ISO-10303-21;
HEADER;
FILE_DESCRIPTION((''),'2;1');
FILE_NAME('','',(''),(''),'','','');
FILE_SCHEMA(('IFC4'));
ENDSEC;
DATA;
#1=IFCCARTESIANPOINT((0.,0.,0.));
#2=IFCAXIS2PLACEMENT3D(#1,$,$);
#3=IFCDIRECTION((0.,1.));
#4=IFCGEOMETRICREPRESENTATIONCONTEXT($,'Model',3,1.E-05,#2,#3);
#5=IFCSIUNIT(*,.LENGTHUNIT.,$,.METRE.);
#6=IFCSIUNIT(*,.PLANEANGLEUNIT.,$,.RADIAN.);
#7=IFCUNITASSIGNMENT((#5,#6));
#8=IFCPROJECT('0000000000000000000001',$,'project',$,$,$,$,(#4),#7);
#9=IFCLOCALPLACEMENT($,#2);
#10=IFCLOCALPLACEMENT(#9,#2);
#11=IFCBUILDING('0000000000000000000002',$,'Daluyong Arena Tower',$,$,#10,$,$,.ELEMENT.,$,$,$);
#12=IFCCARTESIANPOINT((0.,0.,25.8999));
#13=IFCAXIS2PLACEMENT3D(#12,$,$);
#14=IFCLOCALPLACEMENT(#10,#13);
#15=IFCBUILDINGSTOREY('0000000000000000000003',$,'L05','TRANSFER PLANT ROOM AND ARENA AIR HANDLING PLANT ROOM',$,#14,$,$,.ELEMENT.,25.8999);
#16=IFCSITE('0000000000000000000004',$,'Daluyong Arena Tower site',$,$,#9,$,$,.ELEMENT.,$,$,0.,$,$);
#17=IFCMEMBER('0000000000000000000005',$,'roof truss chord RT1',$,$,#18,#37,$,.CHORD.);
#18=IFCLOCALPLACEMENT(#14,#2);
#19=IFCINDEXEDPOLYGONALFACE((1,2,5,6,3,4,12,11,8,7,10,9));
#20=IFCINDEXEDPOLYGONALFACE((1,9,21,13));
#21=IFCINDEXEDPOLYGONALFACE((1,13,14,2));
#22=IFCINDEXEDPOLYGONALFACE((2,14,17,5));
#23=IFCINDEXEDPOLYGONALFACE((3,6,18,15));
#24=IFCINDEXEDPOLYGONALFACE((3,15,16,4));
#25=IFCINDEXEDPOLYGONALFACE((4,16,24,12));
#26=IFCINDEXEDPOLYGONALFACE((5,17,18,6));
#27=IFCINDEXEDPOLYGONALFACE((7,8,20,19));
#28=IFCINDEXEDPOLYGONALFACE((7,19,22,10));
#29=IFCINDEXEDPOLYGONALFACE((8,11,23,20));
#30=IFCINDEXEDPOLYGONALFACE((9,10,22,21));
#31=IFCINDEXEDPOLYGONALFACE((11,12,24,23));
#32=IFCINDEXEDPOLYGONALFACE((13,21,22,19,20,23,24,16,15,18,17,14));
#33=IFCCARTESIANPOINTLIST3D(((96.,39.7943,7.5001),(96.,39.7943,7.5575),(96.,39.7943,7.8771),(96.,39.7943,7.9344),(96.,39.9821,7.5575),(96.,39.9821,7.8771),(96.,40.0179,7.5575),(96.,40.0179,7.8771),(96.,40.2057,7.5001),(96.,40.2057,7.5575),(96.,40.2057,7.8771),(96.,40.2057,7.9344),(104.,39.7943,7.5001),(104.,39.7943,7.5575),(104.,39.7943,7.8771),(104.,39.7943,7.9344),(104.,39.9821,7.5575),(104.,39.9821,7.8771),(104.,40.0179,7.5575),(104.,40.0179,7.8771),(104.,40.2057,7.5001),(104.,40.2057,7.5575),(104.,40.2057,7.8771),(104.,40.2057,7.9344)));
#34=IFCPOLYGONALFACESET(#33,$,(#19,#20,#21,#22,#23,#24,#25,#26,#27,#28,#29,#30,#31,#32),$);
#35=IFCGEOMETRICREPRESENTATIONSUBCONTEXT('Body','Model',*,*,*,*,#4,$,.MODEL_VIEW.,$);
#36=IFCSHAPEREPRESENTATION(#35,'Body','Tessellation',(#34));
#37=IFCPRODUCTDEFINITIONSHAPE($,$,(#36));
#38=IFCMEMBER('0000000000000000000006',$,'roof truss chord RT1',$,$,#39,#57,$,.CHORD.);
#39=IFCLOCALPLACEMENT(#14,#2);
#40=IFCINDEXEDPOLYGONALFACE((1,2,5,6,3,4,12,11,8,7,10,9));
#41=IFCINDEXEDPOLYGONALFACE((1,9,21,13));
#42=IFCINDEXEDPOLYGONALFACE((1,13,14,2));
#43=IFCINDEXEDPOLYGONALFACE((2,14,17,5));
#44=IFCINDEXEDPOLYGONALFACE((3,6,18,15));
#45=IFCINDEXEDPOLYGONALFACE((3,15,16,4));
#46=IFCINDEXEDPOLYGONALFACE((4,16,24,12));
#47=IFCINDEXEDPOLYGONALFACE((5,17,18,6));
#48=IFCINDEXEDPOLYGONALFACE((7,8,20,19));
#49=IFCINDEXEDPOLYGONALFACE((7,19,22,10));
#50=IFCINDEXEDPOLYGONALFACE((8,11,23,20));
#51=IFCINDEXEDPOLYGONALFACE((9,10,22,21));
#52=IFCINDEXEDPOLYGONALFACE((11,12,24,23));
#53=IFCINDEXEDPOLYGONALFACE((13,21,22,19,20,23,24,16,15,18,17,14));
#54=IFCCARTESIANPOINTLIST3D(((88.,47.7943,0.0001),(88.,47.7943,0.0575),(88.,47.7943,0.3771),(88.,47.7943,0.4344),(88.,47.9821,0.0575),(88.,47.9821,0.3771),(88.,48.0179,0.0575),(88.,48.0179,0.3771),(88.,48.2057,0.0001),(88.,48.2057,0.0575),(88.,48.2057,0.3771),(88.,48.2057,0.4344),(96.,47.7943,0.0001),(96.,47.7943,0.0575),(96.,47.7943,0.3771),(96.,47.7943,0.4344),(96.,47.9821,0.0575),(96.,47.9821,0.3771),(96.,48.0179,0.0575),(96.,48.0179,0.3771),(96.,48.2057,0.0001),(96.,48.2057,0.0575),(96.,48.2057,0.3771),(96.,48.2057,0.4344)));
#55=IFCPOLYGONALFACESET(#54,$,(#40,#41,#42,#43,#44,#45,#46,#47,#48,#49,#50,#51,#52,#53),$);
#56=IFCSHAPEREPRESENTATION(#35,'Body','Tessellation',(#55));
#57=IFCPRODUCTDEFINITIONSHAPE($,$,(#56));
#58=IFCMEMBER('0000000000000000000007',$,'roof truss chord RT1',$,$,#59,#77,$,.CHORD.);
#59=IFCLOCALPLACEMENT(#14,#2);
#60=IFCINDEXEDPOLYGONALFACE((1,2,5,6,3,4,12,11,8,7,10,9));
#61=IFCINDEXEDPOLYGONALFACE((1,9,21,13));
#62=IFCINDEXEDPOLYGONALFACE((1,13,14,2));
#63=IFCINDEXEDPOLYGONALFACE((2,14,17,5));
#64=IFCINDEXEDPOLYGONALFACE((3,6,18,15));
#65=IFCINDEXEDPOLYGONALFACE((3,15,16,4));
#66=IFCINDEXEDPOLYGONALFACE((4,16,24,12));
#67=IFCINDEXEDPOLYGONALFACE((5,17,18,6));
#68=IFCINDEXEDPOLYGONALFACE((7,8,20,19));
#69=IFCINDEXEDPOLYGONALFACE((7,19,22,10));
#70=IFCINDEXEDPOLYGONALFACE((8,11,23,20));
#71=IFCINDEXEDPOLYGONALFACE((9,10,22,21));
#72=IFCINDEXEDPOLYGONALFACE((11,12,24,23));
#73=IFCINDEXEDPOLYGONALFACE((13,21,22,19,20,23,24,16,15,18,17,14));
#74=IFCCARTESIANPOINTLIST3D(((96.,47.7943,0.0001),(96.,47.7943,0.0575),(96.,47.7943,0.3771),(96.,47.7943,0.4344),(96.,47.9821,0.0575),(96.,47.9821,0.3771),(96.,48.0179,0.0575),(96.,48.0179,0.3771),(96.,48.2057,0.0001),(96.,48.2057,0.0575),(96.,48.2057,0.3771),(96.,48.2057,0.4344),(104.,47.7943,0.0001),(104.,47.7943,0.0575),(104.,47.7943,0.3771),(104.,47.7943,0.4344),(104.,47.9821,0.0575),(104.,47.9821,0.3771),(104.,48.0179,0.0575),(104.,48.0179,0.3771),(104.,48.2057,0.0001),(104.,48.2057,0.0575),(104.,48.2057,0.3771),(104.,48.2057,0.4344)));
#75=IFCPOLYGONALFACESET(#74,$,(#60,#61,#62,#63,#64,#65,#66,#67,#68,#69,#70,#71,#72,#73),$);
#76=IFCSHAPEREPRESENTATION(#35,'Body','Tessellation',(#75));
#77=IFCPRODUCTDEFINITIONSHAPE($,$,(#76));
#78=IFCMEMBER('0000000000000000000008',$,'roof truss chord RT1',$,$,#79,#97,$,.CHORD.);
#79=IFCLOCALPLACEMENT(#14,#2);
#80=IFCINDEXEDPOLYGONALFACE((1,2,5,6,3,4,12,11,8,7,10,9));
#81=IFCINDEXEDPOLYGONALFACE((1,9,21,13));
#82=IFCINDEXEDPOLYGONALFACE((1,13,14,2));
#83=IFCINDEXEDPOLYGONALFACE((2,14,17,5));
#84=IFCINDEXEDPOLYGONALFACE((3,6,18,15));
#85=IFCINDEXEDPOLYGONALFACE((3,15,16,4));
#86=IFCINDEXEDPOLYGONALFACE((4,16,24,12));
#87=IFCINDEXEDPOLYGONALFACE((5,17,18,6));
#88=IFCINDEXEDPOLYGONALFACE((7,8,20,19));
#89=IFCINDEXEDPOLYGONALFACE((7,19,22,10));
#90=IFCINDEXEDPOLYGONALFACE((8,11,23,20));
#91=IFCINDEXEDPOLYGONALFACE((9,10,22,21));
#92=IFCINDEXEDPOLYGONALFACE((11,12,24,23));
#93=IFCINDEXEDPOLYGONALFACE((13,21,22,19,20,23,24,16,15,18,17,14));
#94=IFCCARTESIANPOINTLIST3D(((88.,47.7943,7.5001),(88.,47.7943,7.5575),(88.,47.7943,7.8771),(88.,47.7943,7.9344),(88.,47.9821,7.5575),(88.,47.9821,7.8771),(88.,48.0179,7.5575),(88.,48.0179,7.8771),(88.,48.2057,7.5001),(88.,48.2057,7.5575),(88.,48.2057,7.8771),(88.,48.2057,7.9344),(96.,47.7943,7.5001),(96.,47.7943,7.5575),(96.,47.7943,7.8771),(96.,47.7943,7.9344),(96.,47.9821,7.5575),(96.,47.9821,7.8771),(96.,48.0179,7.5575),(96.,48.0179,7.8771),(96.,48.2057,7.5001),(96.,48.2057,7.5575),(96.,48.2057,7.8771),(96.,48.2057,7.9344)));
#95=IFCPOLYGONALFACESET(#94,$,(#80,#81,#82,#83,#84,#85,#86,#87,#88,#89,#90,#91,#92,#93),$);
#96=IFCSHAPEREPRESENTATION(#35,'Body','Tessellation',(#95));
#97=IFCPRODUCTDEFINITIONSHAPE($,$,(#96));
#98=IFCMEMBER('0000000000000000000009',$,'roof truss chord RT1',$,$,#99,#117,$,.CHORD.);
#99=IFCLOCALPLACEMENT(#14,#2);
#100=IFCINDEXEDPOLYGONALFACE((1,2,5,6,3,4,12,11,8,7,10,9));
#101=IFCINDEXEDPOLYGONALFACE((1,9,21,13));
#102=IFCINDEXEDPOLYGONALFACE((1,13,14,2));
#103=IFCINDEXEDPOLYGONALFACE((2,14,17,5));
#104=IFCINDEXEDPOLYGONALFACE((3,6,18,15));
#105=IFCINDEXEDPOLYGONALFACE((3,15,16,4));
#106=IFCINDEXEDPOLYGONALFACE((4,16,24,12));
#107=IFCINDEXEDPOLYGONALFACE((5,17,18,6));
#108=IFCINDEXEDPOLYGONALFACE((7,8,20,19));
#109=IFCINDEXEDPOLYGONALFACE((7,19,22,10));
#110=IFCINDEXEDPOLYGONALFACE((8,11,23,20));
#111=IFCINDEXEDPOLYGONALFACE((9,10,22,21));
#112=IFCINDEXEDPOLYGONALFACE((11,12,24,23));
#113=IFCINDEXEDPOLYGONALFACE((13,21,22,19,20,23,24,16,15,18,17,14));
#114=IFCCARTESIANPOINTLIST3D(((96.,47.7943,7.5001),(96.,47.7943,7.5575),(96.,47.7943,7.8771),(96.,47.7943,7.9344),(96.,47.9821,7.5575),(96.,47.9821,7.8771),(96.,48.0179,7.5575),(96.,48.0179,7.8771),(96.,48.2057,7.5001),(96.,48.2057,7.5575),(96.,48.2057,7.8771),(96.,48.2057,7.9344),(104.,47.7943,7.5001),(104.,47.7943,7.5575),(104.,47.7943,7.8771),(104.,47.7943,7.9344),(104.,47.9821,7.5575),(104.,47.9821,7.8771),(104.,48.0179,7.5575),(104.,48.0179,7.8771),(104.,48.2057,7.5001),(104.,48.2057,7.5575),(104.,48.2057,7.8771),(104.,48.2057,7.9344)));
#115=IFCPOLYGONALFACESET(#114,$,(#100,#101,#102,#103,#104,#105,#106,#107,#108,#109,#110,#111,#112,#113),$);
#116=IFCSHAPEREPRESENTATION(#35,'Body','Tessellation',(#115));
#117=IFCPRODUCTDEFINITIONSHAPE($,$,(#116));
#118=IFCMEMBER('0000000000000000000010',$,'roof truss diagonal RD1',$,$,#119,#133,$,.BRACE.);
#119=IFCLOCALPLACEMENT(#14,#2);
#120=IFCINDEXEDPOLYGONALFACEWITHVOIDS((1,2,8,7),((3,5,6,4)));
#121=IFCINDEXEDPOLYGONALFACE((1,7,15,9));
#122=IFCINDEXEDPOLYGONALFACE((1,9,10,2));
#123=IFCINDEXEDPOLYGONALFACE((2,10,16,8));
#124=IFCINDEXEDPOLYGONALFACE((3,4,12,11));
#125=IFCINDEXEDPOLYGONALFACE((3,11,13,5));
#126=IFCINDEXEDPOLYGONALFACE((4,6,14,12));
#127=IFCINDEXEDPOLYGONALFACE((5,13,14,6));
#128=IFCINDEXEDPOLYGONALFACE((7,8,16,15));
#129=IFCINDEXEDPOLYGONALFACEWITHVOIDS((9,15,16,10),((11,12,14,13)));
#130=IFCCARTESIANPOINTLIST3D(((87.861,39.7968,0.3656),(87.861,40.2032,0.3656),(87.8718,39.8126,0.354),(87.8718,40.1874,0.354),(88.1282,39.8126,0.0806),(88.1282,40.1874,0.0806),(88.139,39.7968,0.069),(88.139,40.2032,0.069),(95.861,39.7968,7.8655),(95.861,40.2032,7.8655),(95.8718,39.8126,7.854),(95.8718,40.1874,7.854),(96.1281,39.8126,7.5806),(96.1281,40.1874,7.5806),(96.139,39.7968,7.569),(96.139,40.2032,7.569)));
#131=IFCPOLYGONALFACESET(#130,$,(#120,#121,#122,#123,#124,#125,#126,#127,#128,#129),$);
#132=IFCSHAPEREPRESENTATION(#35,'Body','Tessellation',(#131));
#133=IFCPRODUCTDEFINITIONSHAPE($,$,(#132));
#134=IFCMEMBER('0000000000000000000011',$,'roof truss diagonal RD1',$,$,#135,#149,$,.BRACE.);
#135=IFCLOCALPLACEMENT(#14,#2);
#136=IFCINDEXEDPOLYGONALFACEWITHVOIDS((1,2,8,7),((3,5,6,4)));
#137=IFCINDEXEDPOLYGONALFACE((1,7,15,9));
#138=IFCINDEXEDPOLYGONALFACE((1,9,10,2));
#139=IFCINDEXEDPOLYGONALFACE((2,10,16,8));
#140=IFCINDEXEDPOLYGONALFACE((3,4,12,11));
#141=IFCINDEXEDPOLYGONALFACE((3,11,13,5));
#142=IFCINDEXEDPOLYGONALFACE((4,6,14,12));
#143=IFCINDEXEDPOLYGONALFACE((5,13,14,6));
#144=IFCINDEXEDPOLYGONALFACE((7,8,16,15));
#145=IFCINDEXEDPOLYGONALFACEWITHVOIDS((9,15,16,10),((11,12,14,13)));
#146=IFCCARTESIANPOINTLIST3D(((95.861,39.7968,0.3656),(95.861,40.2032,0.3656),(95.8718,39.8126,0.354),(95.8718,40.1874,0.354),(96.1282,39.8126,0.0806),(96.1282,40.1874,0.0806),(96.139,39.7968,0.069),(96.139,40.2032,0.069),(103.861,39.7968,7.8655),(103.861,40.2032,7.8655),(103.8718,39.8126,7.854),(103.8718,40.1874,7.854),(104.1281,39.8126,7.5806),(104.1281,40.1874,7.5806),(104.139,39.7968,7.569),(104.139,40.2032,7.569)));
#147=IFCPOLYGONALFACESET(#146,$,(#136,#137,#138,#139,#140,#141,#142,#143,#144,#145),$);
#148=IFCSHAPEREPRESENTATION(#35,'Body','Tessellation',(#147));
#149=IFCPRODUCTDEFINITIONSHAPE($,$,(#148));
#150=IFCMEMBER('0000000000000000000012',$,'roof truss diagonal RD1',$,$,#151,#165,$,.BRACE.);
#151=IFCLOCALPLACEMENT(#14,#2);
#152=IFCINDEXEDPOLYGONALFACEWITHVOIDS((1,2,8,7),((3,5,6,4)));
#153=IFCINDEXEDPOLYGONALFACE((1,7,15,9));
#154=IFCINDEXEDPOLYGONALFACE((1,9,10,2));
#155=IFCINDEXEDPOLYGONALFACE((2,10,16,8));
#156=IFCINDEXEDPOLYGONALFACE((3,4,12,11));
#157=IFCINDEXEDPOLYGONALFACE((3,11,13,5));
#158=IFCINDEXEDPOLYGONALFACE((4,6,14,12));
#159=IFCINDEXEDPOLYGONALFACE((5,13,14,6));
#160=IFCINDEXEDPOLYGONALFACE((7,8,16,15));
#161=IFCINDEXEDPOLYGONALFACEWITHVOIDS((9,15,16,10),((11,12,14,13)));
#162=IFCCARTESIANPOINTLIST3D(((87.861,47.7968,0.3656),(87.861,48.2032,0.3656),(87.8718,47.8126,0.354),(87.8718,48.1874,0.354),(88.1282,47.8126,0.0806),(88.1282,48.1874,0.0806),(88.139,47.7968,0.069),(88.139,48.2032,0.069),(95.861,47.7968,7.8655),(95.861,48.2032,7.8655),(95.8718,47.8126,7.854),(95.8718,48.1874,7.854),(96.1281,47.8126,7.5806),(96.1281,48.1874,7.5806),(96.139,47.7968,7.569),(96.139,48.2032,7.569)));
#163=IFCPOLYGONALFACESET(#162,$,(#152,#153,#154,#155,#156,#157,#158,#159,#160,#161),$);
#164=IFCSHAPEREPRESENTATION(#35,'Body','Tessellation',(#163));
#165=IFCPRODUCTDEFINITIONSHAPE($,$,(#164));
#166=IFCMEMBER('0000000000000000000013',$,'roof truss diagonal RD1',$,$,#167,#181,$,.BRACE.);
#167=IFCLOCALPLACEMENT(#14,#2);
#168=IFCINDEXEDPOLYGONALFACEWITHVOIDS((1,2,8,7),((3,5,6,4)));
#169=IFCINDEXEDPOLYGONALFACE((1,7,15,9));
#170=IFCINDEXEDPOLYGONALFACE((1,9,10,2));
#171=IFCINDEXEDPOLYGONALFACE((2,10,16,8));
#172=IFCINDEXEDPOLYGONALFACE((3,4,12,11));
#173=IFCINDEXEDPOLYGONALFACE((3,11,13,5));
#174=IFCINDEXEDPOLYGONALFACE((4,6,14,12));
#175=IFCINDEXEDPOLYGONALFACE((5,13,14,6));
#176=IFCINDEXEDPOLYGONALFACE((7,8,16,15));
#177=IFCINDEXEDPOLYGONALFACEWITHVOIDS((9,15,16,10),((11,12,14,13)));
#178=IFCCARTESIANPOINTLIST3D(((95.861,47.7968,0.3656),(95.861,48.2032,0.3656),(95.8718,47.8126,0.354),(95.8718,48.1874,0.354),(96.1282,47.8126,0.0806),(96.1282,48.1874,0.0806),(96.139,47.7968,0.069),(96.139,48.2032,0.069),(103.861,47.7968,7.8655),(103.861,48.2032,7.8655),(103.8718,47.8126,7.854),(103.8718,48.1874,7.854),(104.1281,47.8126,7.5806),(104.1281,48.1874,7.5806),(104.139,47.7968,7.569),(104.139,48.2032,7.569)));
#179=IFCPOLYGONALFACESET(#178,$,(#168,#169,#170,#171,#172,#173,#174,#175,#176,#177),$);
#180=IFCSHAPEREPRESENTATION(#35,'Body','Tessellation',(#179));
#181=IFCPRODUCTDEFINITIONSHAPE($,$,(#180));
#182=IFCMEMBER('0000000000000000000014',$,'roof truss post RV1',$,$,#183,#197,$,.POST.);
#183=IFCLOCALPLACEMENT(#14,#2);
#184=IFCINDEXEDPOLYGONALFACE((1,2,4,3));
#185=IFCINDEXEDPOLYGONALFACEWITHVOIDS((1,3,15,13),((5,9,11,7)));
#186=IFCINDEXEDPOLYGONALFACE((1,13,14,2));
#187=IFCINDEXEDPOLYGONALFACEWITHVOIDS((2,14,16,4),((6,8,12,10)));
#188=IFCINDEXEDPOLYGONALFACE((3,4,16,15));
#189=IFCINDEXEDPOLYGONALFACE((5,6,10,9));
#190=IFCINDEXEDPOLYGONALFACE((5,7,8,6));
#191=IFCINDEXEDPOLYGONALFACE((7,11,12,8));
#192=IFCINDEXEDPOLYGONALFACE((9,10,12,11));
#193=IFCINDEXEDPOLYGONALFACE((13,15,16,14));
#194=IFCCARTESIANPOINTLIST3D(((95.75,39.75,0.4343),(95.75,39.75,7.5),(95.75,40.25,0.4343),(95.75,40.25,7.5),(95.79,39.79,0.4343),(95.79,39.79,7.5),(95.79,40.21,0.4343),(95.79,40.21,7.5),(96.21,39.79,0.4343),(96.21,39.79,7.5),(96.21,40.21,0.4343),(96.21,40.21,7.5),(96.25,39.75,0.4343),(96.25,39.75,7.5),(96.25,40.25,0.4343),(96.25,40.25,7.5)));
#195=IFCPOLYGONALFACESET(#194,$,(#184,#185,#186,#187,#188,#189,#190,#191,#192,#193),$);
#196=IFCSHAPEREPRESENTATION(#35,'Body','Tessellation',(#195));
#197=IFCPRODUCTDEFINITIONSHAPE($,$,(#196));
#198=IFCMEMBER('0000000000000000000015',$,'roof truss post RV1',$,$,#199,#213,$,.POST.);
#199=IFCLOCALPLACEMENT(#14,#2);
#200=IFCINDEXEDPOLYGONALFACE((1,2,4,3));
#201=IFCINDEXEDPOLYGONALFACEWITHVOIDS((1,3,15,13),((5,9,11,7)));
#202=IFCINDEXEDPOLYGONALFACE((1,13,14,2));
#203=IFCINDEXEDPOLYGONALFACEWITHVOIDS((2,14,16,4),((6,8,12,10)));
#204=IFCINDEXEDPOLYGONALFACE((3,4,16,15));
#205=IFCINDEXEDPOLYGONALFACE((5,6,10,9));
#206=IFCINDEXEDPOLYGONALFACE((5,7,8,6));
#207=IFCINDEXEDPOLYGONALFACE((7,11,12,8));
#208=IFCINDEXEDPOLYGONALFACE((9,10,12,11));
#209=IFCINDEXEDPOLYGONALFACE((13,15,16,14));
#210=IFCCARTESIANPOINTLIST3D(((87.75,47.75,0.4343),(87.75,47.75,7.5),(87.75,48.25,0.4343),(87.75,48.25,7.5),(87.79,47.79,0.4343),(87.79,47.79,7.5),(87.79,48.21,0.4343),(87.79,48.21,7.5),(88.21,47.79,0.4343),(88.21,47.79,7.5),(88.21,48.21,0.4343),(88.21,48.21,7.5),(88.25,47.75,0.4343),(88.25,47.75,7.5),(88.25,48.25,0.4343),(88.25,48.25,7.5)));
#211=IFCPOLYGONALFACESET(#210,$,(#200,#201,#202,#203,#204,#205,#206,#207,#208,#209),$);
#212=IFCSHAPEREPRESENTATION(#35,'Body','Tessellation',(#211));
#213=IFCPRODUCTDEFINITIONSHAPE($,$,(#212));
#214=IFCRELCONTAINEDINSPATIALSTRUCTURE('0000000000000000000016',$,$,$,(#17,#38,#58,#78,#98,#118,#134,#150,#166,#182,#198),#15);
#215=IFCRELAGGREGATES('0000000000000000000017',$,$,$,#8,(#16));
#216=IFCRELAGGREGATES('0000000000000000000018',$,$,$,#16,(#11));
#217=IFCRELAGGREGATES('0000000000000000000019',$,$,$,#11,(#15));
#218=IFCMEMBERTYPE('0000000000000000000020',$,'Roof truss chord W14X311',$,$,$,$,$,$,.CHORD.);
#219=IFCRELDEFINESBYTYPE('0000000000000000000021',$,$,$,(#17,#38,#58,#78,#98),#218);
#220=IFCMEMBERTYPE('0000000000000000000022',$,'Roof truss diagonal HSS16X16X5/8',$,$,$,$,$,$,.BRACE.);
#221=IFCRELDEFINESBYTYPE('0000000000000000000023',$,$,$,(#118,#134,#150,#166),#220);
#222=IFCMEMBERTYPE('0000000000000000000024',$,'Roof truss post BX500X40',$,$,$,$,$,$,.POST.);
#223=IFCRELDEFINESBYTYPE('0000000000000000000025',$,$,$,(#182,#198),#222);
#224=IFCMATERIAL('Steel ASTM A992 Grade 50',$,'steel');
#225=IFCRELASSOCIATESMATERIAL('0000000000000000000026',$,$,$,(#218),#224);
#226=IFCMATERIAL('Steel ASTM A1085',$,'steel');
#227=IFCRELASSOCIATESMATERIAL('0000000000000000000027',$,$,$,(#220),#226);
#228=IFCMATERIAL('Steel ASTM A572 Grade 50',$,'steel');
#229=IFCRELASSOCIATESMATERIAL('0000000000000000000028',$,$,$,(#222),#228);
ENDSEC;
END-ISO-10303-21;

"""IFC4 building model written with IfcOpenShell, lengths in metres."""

from ifc_helpers import new_model, si_unit, direction, frame, origin, origin_2d, place, context, subcontext, project, spatial, hollow_rectangle, i_section, extrude, material, material_profile, profile_set, type_object, element, save


model = new_model("IFC4")

# Units and contexts
model_context = context("Model", 3, precision=1e-05, world=origin(), true_north=direction((0.0, 1.0)))
body_context = subcontext(model_context, "Body", "Model", "MODEL_VIEW")
ifc_project = project(units=[si_unit("LENGTHUNIT", "METRE"), si_unit("PLANEANGLEUNIT", "RADIAN")], contexts=[model_context])

# Site, building, storey
site_placement = place(None, origin())
site = spatial("IfcSite", under=ifc_project, at=site_placement, Name="Daluyong Arena Tower site", CompositionType="ELEMENT", RefElevation=0.0)
building_placement = place(site_placement, origin())
building = spatial("IfcBuilding", under=site, at=building_placement, Name="Daluyong Arena Tower", CompositionType="ELEMENT")
storey_placement = place(building_placement, frame((0.0, 0.0, 25.8999)))
storey = spatial("IfcBuildingStorey", under=building, at=storey_placement, Name="L05", Description="TRANSFER PLANT ROOM AND ARENA AIR HANDLING PLANT ROOM", CompositionType="ELEMENT", Elevation=25.8999)

# Members
ifc_material_1 = material(Name="Steel ASTM A992 Grade 50", Category="steel")
ifc_material_profile_1 = material_profile(ifc_material_1, i_section(OverallWidth=0.4114, OverallDepth=0.4343, WebThickness=0.0359, FlangeThickness=0.0574, at=origin_2d()))
ifc_profile_set_1 = profile_set([ifc_material_profile_1], Name="Steel ASTM A992 Grade 50")
member_type_1 = type_object("IfcMemberType", Name="Roof truss chord W14X311", PredefinedType="CHORD", material=ifc_profile_set_1)
for number, where, z_axis, x_axis, name in (
    (1, (96.0, 40.0, 7.7173), (1.0, 0.0, 0.0), (0.0, 1.0, 0.0), "roof truss chord RT1"),
    (2, (88.0, 48.0, 0.2173), (1.0, 0.0, 0.0), (0.0, 1.0, 0.0), "roof truss chord RT1"),
    (3, (96.0, 48.0, 0.2173), (1.0, 0.0, 0.0), (0.0, 1.0, 0.0), "roof truss chord RT1"),
    (4, (88.0, 48.0, 7.7173), (1.0, 0.0, 0.0), (0.0, 1.0, 0.0), "roof truss chord RT1"),
    (5, (96.0, 48.0, 7.7173), (1.0, 0.0, 0.0), (0.0, 1.0, 0.0), "roof truss chord RT1"),
):
    element("IfcMember", number, at=place(storey_placement, frame(where, z_axis=z_axis, x_axis=x_axis)), inside=storey, type_object=member_type_1, Name=name, PredefinedType="CHORD", context=body_context, shape_type="SweptSolid", body=[
        extrude(i_section(OverallWidth=0.4114, OverallDepth=0.4343, WebThickness=0.0359, FlangeThickness=0.0574, at=origin_2d()), origin(), (0.0, 0.0, 1.0), 8.0),
    ])
ifc_material_2 = material(Name="Steel ASTM A1085", Category="steel")
ifc_material_profile_2 = material_profile(ifc_material_2, hollow_rectangle(XDim=0.4065, YDim=0.4065, WallThickness=0.0159, at=origin_2d()))
ifc_profile_set_2 = profile_set([ifc_material_profile_2], Name="Steel ASTM A1085")
member_type_2 = type_object("IfcMemberType", Name="Roof truss diagonal HSS16X16X5/8", PredefinedType="BRACE", material=ifc_profile_set_2)
for number, where, z_axis, x_axis, name in (
    (6, (88.0, 40.0, 0.2173), (0.729537, 0.0, 0.683941), (0.0, 1.0, 0.0), "roof truss diagonal RD1"),
    (7, (96.0, 40.0, 0.2173), (0.729537, 0.0, 0.683941), (0.0, 1.0, 0.0), "roof truss diagonal RD1"),
    (8, (88.0, 48.0, 0.2173), (0.729537, 0.0, 0.683941), (0.0, 1.0, 0.0), "roof truss diagonal RD1"),
    (9, (96.0, 48.0, 0.2173), (0.729537, 0.0, 0.683941), (0.0, 1.0, 0.0), "roof truss diagonal RD1"),
):
    element("IfcMember", number, at=place(storey_placement, frame(where, z_axis=z_axis, x_axis=x_axis)), inside=storey, type_object=member_type_2, Name=name, PredefinedType="BRACE", context=body_context, shape_type="SweptSolid", body=[
        extrude(hollow_rectangle(XDim=0.4065, YDim=0.4065, WallThickness=0.0159, at=origin_2d()), origin(), (0.0, 0.0, 1.0), 10.9658),
    ])
ifc_material_3 = material(Name="Steel ASTM A572 Grade 50", Category="steel")
ifc_material_profile_3 = material_profile(ifc_material_3, hollow_rectangle(XDim=0.5, YDim=0.5, WallThickness=0.04, at=origin_2d()))
ifc_profile_set_3 = profile_set([ifc_material_profile_3], Name="Steel ASTM A572 Grade 50")
member_type_3 = type_object("IfcMemberType", Name="Roof truss post BX500X40", PredefinedType="POST", material=ifc_profile_set_3)
for number, where, z_axis, x_axis, name in (
    (10, (96.0, 40.0, 0.4343), (0.0, 0.0, 1.0), (1.0, 0.0, 0.0), "roof truss post RV1"),
    (11, (88.0, 48.0, 0.4343), (0.0, 0.0, 1.0), (1.0, 0.0, 0.0), "roof truss post RV1"),
):
    element("IfcMember", number, at=place(storey_placement, frame(where, z_axis=z_axis, x_axis=x_axis)), inside=storey, type_object=member_type_3, Name=name, PredefinedType="POST", context=body_context, shape_type="SweptSolid", body=[
        extrude(hollow_rectangle(XDim=0.5, YDim=0.5, WallThickness=0.04, at=origin_2d()), origin(), (0.0, 0.0, 1.0), 7.0657),
    ])

save(model, "model.ifc")
